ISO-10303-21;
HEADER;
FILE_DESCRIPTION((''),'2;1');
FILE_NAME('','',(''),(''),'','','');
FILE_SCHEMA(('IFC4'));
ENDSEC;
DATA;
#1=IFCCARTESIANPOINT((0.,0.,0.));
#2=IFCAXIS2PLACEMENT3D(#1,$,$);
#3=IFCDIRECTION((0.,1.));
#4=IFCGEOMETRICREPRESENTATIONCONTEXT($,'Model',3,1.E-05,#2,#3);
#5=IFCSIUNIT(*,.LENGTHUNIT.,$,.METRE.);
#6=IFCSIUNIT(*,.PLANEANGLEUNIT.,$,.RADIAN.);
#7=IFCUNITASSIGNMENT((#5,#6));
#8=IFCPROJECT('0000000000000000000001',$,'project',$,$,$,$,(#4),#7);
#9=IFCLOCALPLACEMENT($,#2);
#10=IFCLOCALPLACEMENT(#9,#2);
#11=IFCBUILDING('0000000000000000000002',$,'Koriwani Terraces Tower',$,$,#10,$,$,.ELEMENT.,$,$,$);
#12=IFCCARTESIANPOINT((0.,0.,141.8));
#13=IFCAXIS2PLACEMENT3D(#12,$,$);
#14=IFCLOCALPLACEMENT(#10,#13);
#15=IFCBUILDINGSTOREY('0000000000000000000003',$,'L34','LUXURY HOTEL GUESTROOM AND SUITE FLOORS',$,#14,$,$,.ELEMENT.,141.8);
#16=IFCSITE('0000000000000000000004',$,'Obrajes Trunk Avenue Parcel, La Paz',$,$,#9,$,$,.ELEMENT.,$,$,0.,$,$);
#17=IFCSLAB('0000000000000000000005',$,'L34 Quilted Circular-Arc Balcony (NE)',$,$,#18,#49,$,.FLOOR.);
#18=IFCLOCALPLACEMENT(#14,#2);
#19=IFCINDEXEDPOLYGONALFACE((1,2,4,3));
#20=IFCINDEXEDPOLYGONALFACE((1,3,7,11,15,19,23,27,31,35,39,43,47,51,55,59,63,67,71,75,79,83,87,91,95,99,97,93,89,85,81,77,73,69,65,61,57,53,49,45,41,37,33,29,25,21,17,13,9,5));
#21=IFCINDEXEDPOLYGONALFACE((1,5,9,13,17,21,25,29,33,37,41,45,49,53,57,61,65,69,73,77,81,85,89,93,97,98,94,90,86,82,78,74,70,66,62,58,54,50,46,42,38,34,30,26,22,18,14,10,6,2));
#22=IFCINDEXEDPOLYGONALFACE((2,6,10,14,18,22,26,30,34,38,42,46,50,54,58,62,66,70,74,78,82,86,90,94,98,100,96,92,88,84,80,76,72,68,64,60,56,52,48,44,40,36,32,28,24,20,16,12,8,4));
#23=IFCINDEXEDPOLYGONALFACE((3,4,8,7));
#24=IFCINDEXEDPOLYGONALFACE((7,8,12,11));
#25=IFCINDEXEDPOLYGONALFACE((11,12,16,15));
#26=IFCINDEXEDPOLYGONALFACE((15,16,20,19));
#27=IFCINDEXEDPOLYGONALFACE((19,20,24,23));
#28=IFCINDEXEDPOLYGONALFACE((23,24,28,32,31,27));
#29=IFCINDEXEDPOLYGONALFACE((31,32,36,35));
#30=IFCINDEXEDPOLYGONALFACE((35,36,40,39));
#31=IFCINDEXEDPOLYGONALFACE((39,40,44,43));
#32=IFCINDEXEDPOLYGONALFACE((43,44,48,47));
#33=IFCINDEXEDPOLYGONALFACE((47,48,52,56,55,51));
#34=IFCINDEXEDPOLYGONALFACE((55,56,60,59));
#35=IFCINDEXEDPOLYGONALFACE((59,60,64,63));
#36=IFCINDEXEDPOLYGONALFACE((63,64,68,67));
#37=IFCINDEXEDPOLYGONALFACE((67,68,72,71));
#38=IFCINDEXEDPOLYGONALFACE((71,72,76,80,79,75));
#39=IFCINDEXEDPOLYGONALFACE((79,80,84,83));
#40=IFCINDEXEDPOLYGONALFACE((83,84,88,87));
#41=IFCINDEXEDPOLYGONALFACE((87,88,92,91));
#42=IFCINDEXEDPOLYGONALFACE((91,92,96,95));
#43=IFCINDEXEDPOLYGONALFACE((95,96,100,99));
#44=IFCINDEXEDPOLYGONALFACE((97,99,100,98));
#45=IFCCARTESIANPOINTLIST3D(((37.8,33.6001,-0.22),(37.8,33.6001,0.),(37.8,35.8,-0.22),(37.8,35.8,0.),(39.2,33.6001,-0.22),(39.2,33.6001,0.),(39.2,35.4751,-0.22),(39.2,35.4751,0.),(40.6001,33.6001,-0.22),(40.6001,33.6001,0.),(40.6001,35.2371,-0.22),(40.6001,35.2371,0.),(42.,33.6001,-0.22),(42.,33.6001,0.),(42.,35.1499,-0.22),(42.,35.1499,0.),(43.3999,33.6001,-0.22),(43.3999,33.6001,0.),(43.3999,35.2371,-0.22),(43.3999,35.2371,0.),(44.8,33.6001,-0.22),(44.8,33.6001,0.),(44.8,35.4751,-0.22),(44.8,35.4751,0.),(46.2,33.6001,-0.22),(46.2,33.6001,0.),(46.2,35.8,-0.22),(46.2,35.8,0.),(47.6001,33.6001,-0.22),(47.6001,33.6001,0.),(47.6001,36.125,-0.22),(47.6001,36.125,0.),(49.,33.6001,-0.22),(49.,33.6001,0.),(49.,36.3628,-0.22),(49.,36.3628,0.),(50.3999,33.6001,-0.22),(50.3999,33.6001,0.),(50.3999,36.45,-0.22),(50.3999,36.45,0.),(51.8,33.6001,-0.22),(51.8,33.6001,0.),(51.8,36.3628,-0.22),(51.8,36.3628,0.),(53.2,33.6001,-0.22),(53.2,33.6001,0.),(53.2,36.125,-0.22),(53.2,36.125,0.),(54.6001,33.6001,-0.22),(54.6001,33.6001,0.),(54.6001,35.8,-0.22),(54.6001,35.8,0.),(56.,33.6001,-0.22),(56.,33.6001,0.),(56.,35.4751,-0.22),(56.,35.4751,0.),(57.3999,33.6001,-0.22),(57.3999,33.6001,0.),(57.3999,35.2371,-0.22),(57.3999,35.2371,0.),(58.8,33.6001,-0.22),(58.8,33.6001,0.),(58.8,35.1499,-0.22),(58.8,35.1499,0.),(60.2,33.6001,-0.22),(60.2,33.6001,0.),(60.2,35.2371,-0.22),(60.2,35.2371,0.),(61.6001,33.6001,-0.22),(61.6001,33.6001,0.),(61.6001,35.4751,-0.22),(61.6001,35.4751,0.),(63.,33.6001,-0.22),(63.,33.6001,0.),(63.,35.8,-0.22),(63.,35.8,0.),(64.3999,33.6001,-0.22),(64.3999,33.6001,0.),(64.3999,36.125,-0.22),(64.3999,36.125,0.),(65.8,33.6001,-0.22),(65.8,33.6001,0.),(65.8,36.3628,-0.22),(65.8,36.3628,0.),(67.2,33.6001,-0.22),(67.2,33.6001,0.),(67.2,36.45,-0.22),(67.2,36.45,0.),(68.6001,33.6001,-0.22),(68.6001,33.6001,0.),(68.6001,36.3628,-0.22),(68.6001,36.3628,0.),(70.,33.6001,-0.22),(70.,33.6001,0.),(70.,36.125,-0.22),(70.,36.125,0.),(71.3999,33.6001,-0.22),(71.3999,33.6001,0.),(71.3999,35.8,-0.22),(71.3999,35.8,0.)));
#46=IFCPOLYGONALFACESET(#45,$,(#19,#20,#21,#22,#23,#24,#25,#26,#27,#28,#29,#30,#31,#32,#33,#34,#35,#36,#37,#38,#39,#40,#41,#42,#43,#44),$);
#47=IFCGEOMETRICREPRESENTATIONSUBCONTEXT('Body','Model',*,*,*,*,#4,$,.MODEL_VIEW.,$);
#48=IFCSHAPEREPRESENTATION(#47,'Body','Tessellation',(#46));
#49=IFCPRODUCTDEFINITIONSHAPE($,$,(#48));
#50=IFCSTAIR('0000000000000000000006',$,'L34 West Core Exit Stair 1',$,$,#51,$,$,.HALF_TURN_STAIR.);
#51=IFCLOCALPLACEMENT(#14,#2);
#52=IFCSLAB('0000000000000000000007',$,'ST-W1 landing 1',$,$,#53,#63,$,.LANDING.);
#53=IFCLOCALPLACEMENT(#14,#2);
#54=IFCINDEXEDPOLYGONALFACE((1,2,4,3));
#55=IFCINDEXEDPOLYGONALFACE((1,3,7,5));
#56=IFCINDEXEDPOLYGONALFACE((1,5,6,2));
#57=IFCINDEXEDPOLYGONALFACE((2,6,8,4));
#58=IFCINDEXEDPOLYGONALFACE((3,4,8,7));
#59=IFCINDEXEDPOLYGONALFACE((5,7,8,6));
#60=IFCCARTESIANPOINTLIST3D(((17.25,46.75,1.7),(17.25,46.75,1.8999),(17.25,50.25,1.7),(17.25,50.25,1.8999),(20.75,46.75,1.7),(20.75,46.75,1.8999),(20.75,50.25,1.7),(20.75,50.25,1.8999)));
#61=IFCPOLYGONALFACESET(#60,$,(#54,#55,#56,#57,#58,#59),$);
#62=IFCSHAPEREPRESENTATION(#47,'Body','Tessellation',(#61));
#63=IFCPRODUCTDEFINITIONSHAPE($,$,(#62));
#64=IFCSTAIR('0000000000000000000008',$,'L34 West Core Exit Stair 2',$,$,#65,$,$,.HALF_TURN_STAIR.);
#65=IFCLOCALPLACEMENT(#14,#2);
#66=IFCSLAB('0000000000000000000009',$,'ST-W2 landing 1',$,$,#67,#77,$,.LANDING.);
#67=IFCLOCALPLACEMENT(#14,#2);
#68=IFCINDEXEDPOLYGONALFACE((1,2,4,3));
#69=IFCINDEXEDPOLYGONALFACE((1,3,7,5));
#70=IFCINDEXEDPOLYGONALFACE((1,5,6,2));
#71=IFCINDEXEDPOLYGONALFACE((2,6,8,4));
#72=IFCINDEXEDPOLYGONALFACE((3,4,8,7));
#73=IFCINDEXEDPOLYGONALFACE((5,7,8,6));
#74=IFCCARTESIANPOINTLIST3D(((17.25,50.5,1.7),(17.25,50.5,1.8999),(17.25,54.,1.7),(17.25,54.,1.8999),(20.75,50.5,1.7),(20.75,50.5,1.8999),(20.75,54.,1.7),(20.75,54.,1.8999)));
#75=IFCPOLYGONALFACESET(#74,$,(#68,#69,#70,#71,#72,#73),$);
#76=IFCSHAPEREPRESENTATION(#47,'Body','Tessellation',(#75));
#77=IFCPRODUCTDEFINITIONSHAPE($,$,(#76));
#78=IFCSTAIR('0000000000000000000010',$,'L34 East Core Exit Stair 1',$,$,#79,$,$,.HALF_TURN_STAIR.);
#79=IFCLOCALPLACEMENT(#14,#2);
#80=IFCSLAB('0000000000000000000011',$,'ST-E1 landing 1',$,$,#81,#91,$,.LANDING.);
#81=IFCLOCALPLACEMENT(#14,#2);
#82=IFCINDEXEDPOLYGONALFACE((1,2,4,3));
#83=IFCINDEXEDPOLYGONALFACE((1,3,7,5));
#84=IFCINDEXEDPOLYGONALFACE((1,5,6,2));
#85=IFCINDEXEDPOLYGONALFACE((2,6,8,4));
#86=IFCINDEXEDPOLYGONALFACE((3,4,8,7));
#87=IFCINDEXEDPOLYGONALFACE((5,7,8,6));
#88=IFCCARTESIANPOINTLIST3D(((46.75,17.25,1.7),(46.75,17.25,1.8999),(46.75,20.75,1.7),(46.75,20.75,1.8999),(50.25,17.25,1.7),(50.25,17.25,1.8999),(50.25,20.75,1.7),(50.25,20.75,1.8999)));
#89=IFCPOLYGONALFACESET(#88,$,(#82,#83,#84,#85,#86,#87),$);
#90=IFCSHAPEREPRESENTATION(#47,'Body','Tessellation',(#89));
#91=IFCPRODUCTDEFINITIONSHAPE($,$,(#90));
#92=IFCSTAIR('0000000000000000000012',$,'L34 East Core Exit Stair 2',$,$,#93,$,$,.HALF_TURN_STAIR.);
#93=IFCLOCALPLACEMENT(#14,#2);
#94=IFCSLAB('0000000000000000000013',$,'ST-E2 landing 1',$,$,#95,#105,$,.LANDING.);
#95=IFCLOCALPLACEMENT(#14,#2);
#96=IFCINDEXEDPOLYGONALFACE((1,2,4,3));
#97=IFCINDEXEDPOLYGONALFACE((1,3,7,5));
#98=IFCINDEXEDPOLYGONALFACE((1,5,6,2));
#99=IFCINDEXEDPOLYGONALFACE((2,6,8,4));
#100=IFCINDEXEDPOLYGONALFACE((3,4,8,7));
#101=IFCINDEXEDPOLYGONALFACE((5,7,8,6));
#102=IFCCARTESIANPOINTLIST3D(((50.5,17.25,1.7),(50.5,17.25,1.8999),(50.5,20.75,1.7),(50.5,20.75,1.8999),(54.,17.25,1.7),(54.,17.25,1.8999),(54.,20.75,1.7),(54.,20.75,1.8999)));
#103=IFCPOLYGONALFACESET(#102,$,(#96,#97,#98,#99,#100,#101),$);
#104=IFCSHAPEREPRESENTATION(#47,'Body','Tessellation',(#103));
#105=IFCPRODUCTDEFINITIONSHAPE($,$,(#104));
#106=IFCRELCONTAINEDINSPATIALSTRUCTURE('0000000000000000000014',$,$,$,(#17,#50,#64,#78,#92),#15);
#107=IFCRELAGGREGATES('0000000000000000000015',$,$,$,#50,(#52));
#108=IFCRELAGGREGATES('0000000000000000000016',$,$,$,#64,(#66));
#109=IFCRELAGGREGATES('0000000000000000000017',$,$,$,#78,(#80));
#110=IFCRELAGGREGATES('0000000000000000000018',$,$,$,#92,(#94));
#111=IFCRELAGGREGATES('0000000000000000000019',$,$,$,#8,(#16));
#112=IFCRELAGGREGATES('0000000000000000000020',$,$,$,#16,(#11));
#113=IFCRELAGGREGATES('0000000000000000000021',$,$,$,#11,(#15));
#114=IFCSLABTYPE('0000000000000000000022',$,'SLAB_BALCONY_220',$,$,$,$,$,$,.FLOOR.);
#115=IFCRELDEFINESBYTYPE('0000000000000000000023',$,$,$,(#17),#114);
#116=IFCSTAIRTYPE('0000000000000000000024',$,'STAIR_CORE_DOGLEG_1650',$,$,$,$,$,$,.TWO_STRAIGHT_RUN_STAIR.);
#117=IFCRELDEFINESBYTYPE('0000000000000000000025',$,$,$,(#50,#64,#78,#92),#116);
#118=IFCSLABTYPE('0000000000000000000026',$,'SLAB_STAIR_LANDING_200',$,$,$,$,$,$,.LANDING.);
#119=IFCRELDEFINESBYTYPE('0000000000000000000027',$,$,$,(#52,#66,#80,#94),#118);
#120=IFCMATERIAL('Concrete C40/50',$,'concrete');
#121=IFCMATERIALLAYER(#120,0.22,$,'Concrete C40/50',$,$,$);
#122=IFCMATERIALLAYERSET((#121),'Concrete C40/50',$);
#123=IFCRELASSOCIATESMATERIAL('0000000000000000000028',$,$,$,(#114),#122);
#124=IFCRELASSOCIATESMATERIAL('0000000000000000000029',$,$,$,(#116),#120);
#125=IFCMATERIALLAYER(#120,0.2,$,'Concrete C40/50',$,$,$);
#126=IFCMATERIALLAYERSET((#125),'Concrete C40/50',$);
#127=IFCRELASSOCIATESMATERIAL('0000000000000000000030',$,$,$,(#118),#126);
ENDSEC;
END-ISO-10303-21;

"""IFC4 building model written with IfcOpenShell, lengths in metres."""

from ifc_helpers import new_model, si_unit, direction, frame, origin, place, context, subcontext, project, spatial, polyline, outline, extrude, material, layer, layer_set, type_object, element, aggregate, save


model = new_model("IFC4")

# Units and contexts
model_context = context("Model", 3, precision=1e-05, world=origin(), true_north=direction((0.0, 1.0)))
body_context = subcontext(model_context, "Body", "Model", "MODEL_VIEW")
ifc_project = project(units=[si_unit("LENGTHUNIT", "METRE"), si_unit("PLANEANGLEUNIT", "RADIAN")], contexts=[model_context])

# Site, building, storey
site_placement = place(None, origin())
site = spatial("IfcSite", under=ifc_project, at=site_placement, Name="Obrajes Trunk Avenue Parcel, La Paz", CompositionType="ELEMENT", RefElevation=0.0)
building_placement = place(site_placement, origin())
building = spatial("IfcBuilding", under=site, at=building_placement, Name="Koriwani Terraces Tower", CompositionType="ELEMENT")
storey_placement = place(building_placement, frame((0.0, 0.0, 141.8)))
storey = spatial("IfcBuildingStorey", under=building, at=storey_placement, Name="L34", Description="LUXURY HOTEL GUESTROOM AND SUITE FLOORS", CompositionType="ELEMENT", Elevation=141.8)

# Shared definitions
ifc_material_1 = material(Name="Concrete C40/50", Category="concrete")

# Slab
ifc_layer_1 = layer(ifc_material_1, 0.22, Name="Concrete C40/50")
ifc_layer_set_1 = layer_set([ifc_layer_1], Name="Concrete C40/50")
slab_type_1 = type_object("IfcSlabType", Name="SLAB_BALCONY_220", PredefinedType="FLOOR", material=ifc_layer_set_1)
slab_1_placement = place(storey_placement, frame((0.0, 0.0, -0.22)))
element("IfcSlab", 1, at=slab_1_placement, inside=storey, type_object=slab_type_1, Name="L34 Quilted Circular-Arc Balcony (NE)", PredefinedType="FLOOR", context=body_context, shape_type="SweptSolid", body=[
    extrude(outline(polyline([(71.3999, 33.6001), (70.0, 33.6001), (68.6001, 33.6001), (67.2, 33.6001), (65.8, 33.6001), (64.3999, 33.6001), (63.0, 33.6001), (61.6001, 33.6001), (60.2, 33.6001), (58.8, 33.6001), (57.3999, 33.6001), (56.0, 33.6001), (54.6001, 33.6001), (53.2, 33.6001), (51.8, 33.6001), (50.3999, 33.6001), (49.0, 33.6001), (47.6001, 33.6001), (46.2, 33.6001), (44.8, 33.6001), (43.3999, 33.6001), (42.0, 33.6001), (40.6001, 33.6001), (39.2, 33.6001), (37.8, 33.6001), (37.8, 35.8), (39.2, 35.4751), (40.6001, 35.2371), (42.0, 35.1499), (43.3999, 35.2371), (44.8, 35.4751), (46.2, 35.8), (47.6001, 36.125), (49.0, 36.3628), (50.3999, 36.45), (51.8, 36.3628), (53.2, 36.125), (54.6001, 35.8), (56.0, 35.4751), (57.3999, 35.2371), (58.8, 35.1499), (60.2, 35.2371), (61.6001, 35.4751), (63.0, 35.8), (64.3999, 36.125), (65.8, 36.3628), (67.2, 36.45), (68.6001, 36.3628), (70.0, 36.125), (71.3999, 35.8), (71.3999, 33.6001)])), origin(), (0.0, 0.0, 1.0), 0.22),
])

# Stairs, slabs
stair_type = type_object("IfcStairType", Name="STAIR_CORE_DOGLEG_1650", PredefinedType="TWO_STRAIGHT_RUN_STAIR", material=ifc_material_1)
stair_1_placement = place(storey_placement, origin())
stair_1 = element("IfcStair", 2, at=stair_1_placement, inside=storey, type_object=stair_type, Name="L34 West Core Exit Stair 1", PredefinedType="HALF_TURN_STAIR")
ifc_layer_2 = layer(ifc_material_1, 0.2, Name="Concrete C40/50")
ifc_layer_set_2 = layer_set([ifc_layer_2], Name="Concrete C40/50")
slab_type_2 = type_object("IfcSlabType", Name="SLAB_STAIR_LANDING_200", PredefinedType="LANDING", material=ifc_layer_set_2)
slab_2_placement = place(storey_placement, frame((0.0, 0.0, 1.7)))
slab_2 = element("IfcSlab", 3, at=slab_2_placement, type_object=slab_type_2, Name="ST-W1 landing 1", PredefinedType="LANDING", context=body_context, shape_type="SweptSolid", body=[
    extrude(outline(polyline([(20.75, 46.75), (20.75, 50.25), (17.25, 50.25), (17.25, 46.75), (20.75, 46.75)])), origin(), (0.0, 0.0, 1.0), 0.2),
])
aggregate(stair_1, [slab_2])
stair_2_placement = place(storey_placement, origin())
stair_2 = element("IfcStair", 4, at=stair_2_placement, inside=storey, type_object=stair_type, Name="L34 West Core Exit Stair 2", PredefinedType="HALF_TURN_STAIR")
slab_3_placement = place(storey_placement, frame((0.0, 0.0, 1.7)))
slab_3 = element("IfcSlab", 5, at=slab_3_placement, type_object=slab_type_2, Name="ST-W2 landing 1", PredefinedType="LANDING", context=body_context, shape_type="SweptSolid", body=[
    extrude(outline(polyline([(17.25, 54.0), (17.25, 50.5), (20.75, 50.5), (20.75, 54.0), (17.25, 54.0)])), origin(), (0.0, 0.0, 1.0), 0.2),
])
aggregate(stair_2, [slab_3])
stair_3_placement = place(storey_placement, origin())
stair_3 = element("IfcStair", 6, at=stair_3_placement, inside=storey, type_object=stair_type, Name="L34 East Core Exit Stair 1", PredefinedType="HALF_TURN_STAIR")
slab_4_placement = place(storey_placement, frame((0.0, 0.0, 1.7)))
slab_4 = element("IfcSlab", 7, at=slab_4_placement, type_object=slab_type_2, Name="ST-E1 landing 1", PredefinedType="LANDING", context=body_context, shape_type="SweptSolid", body=[
    extrude(outline(polyline([(46.75, 17.25), (50.25, 17.25), (50.25, 20.75), (46.75, 20.75), (46.75, 17.25)])), origin(), (0.0, 0.0, 1.0), 0.2),
])
aggregate(stair_3, [slab_4])
stair_4_placement = place(storey_placement, origin())
stair_4 = element("IfcStair", 8, at=stair_4_placement, inside=storey, type_object=stair_type, Name="L34 East Core Exit Stair 2", PredefinedType="HALF_TURN_STAIR")
slab_5_placement = place(storey_placement, frame((0.0, 0.0, 1.7)))
slab_5 = element("IfcSlab", 9, at=slab_5_placement, type_object=slab_type_2, Name="ST-E2 landing 1", PredefinedType="LANDING", context=body_context, shape_type="SweptSolid", body=[
    extrude(outline(polyline([(54.0, 20.75), (50.5, 20.75), (50.5, 17.25), (54.0, 17.25), (54.0, 20.75)])), origin(), (0.0, 0.0, 1.0), 0.2),
])
aggregate(stair_4, [slab_5])

save(model, "model.ifc")
